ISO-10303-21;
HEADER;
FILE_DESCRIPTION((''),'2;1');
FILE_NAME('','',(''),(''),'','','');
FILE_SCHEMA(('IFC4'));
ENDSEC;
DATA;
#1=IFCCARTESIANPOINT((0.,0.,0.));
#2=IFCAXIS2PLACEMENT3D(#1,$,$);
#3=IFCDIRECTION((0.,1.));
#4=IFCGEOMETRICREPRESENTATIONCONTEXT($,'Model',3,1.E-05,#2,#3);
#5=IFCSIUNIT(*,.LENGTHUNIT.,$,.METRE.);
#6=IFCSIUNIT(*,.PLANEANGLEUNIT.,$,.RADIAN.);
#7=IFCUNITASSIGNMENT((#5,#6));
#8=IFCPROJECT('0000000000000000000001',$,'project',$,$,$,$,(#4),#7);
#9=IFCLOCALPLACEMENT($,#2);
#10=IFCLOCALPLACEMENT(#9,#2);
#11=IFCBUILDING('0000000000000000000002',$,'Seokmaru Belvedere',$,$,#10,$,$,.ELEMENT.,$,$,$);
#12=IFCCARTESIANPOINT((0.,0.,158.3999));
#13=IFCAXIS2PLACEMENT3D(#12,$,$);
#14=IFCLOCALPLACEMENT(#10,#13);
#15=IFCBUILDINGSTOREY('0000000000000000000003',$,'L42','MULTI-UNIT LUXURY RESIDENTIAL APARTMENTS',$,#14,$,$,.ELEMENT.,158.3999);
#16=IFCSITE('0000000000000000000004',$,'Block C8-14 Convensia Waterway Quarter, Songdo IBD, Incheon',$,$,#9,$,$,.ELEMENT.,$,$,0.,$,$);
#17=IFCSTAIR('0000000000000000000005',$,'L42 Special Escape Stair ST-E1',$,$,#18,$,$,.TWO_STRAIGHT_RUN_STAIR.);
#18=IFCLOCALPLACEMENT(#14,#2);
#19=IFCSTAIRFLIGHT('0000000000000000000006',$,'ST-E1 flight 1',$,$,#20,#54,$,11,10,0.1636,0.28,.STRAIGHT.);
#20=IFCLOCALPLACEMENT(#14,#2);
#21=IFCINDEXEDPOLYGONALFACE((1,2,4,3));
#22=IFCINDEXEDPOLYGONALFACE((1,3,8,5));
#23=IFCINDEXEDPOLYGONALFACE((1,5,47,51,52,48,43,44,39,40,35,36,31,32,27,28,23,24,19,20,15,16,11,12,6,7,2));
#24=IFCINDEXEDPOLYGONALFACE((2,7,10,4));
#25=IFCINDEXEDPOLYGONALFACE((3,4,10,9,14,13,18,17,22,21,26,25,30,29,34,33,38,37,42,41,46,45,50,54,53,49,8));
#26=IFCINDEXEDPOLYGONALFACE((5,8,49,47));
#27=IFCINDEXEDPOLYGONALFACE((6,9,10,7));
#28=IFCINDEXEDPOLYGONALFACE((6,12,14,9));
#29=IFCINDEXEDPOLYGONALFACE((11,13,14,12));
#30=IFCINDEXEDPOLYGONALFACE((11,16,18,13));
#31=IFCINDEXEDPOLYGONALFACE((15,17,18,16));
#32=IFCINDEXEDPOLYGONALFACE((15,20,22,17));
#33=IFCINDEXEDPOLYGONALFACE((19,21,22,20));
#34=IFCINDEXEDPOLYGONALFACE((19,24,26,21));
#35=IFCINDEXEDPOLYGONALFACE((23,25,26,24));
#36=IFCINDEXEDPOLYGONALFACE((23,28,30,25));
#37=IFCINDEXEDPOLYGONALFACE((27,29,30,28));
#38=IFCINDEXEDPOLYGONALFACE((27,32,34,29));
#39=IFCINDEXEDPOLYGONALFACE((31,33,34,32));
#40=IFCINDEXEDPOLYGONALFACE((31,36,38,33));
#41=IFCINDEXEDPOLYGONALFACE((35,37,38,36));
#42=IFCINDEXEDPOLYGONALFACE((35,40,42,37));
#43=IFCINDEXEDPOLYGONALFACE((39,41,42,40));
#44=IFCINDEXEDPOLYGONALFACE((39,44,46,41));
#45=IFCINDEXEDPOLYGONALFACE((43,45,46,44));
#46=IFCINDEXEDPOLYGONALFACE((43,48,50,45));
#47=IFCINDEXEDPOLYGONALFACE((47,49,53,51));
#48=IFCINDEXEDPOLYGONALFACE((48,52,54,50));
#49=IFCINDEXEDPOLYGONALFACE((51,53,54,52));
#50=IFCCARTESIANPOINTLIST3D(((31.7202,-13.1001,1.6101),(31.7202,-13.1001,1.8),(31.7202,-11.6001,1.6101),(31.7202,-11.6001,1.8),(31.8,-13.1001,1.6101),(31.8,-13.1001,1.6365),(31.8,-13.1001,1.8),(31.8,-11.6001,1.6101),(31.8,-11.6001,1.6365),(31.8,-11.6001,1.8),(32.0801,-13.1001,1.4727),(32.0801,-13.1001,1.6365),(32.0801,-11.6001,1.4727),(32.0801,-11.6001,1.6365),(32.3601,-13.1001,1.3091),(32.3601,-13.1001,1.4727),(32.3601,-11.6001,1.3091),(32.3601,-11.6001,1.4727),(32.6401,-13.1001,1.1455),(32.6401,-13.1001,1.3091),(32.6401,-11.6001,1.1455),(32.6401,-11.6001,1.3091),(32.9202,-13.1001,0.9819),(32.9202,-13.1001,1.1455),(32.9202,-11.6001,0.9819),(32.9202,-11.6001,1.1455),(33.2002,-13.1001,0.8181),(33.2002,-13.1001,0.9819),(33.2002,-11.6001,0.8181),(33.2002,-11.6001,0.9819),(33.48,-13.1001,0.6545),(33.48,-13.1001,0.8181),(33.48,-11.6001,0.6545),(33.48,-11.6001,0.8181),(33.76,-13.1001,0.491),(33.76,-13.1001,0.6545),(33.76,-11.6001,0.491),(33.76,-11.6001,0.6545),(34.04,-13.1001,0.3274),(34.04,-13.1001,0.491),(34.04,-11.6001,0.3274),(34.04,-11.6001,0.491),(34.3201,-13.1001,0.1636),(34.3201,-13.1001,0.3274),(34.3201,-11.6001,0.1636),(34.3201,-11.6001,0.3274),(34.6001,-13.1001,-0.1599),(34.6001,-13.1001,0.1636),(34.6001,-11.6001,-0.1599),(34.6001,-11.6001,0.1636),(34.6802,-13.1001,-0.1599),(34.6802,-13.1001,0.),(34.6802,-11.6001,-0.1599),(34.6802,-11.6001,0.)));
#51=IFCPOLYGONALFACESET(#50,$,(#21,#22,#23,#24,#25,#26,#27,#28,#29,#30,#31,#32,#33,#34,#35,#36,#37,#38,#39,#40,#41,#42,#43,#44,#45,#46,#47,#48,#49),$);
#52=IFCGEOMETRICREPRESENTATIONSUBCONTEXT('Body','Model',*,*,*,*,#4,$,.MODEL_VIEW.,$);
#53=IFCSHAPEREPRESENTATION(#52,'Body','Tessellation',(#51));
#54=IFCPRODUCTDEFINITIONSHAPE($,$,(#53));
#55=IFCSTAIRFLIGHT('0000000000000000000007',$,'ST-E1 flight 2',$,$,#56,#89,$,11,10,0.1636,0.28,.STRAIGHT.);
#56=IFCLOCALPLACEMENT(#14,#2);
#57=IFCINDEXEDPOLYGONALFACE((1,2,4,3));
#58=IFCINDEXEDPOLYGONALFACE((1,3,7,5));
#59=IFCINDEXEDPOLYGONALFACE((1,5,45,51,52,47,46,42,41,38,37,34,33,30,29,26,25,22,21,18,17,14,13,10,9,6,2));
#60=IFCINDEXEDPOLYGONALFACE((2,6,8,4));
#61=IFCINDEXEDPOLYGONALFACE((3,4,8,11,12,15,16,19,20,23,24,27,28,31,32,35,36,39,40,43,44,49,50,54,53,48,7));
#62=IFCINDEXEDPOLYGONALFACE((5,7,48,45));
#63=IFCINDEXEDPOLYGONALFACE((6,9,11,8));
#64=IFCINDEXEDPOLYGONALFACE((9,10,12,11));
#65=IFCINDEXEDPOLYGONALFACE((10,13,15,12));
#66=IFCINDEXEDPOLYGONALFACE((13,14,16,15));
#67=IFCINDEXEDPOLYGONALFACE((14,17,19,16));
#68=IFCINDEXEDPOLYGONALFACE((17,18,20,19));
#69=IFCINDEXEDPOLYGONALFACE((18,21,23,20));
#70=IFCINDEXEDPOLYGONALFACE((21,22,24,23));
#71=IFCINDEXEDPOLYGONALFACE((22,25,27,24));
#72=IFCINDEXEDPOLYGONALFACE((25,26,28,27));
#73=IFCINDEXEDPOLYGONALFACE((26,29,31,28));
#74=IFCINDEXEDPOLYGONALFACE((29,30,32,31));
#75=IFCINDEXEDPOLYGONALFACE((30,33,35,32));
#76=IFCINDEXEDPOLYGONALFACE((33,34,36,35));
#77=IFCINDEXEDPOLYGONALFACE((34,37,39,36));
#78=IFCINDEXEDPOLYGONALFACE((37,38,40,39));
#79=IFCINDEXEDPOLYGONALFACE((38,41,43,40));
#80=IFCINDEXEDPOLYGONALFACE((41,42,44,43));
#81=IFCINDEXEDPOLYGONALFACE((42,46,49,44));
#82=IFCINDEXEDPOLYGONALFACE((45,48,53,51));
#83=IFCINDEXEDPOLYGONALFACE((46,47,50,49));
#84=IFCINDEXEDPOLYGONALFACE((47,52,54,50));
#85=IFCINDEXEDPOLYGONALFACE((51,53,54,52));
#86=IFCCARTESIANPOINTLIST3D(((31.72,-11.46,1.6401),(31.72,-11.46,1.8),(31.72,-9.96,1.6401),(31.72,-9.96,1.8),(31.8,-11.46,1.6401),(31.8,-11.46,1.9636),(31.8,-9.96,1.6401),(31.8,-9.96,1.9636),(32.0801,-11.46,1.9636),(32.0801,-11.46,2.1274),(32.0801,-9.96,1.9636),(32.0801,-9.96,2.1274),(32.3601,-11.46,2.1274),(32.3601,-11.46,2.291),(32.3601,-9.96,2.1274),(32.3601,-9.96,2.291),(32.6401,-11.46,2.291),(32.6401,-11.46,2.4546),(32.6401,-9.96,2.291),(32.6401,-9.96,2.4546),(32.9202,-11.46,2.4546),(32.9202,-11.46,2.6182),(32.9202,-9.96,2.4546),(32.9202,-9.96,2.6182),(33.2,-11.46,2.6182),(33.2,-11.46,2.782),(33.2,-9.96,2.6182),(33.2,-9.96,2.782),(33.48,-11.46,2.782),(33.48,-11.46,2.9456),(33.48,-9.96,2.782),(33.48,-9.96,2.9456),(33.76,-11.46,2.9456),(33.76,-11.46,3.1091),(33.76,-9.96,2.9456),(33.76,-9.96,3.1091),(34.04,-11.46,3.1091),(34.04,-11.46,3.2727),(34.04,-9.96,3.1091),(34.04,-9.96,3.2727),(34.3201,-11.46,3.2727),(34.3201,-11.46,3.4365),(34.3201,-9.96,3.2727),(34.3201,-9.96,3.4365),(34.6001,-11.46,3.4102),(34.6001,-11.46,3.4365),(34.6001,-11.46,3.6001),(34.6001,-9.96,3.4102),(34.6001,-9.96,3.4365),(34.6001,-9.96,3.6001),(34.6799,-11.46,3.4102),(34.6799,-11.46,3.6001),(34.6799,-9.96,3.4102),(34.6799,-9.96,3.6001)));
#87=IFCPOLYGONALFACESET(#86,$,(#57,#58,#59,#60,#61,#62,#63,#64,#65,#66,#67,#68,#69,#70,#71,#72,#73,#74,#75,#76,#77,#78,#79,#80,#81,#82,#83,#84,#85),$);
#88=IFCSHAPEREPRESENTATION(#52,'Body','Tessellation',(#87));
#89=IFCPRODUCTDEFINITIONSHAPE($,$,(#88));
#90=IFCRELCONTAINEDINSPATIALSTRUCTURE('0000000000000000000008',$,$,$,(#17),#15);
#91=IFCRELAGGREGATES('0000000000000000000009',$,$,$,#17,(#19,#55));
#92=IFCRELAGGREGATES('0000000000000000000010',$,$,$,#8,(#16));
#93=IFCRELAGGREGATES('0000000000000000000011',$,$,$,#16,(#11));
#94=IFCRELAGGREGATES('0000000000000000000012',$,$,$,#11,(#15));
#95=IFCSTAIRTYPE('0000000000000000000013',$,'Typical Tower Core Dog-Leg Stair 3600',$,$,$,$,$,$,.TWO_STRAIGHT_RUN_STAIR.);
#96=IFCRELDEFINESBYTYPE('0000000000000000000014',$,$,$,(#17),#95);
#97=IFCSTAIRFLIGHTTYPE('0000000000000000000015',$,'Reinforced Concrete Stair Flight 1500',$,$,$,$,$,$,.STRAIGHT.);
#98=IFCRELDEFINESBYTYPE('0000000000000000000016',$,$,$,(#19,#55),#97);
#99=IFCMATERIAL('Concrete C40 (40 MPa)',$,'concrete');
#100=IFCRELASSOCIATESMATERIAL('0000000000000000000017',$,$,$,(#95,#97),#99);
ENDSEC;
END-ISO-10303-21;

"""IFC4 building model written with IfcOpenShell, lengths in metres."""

from ifc_helpers import new_model, si_unit, direction, frame, origin, place, context, subcontext, project, spatial, polyline, outline, extrude, material, type_object, element, aggregate, save


model = new_model("IFC4")

# Units and contexts
model_context = context("Model", 3, precision=1e-05, world=origin(), true_north=direction((0.0, 1.0)))
body_context = subcontext(model_context, "Body", "Model", "MODEL_VIEW")
ifc_project = project(units=[si_unit("LENGTHUNIT", "METRE"), si_unit("PLANEANGLEUNIT", "RADIAN")], contexts=[model_context])

# Site, building, storey
site_placement = place(None, origin())
site = spatial("IfcSite", under=ifc_project, at=site_placement, Name="Block C8-14 Convensia Waterway Quarter, Songdo IBD, Incheon", CompositionType="ELEMENT", RefElevation=0.0)
building_placement = place(site_placement, origin())
building = spatial("IfcBuilding", under=site, at=building_placement, Name="Seokmaru Belvedere", CompositionType="ELEMENT")
storey_placement = place(building_placement, frame((0.0, 0.0, 158.3999)))
storey = spatial("IfcBuildingStorey", under=building, at=storey_placement, Name="L42", Description="MULTI-UNIT LUXURY RESIDENTIAL APARTMENTS", CompositionType="ELEMENT", Elevation=158.3999)

# Stair, stair flights
ifc_material_1 = material(Name="Concrete C40 (40 MPa)", Category="concrete")
stair_type = type_object("IfcStairType", Name="Typical Tower Core Dog-Leg Stair 3600", PredefinedType="TWO_STRAIGHT_RUN_STAIR", material=ifc_material_1)
stair_placement = place(storey_placement, origin())
stair = element("IfcStair", 1, at=stair_placement, inside=storey, type_object=stair_type, Name="L42 Special Escape Stair ST-E1", PredefinedType="TWO_STRAIGHT_RUN_STAIR")
stair_flight_type = type_object("IfcStairFlightType", Name="Reinforced Concrete Stair Flight 1500", PredefinedType="STRAIGHT", material=ifc_material_1)
stair_flight_1_placement = place(storey_placement, frame((34.6001, -12.3501, 0.0), z_axis=(0.0, 0.0, 1.0), x_axis=(-1.0, 0.0, 0.0)))
stair_flight_1 = element("IfcStairFlight", 2, at=stair_flight_1_placement, type_object=stair_flight_type, Name="ST-E1 flight 1", NumberOfRisers=11, NumberOfTreads=10, PredefinedType="STRAIGHT", RiserHeight=0.1636, TreadLength=0.28, context=body_context, shape_type="SweptSolid", body=[
    extrude(outline(polyline([(-0.0801, 0.0), (0.0, 0.1636), (0.28, 0.1636), (0.28, 0.3274), (0.5601, 0.3274), (0.5601, 0.491), (0.8401, 0.491), (0.8401, 0.6545), (1.1201, 0.6545), (1.1201, 0.8181), (1.3999, 0.8181), (1.3999, 0.9819), (1.6799, 0.9819), (1.6799, 1.1455), (1.96, 1.1455), (1.96, 1.3091), (2.24, 1.3091), (2.24, 1.4727), (2.52, 1.4727), (2.52, 1.6365), (2.8, 1.6365), (2.8, 1.8), (2.8799, 1.8), (2.8799, 1.6101), (2.8, 1.6101), (0.0, -0.1599), (-0.0801, -0.1599), (-0.0801, 0.0)])), frame((0.0, 0.75, 0.0), z_axis=(0.0, -1.0, 0.0), x_axis=(1.0, 0.0, 0.0)), (0.0, 0.0, 1.0), 1.5),
])
stair_flight_2_placement = place(storey_placement, frame((31.8, -10.71, 1.8), z_axis=(0.0, 0.0, 1.0), x_axis=(1.0, 0.0, 0.0)))
stair_flight_2 = element("IfcStairFlight", 3, at=stair_flight_2_placement, type_object=stair_flight_type, Name="ST-E1 flight 2", NumberOfRisers=11, NumberOfTreads=10, PredefinedType="STRAIGHT", RiserHeight=0.1636, TreadLength=0.28, context=body_context, shape_type="SweptSolid", body=[
    extrude(outline(polyline([(-0.0801, 0.0), (0.0, 0.1636), (0.28, 0.1636), (0.28, 0.3274), (0.5601, 0.3274), (0.5601, 0.491), (0.8401, 0.491), (0.8401, 0.6545), (1.1201, 0.6545), (1.1201, 0.8181), (1.3999, 0.8181), (1.3999, 0.9819), (1.6799, 0.9819), (1.6799, 1.1455), (1.96, 1.1455), (1.96, 1.3091), (2.24, 1.3091), (2.24, 1.4727), (2.52, 1.4727), (2.52, 1.6365), (2.8, 1.6365), (2.8, 1.8), (2.8799, 1.8), (2.8799, 1.6101), (2.8, 1.6101), (0.0, -0.1599), (-0.0801, -0.1599), (-0.0801, 0.0)])), frame((0.0, 0.75, 0.0), z_axis=(0.0, -1.0, 0.0), x_axis=(1.0, 0.0, 0.0)), (0.0, 0.0, 1.0), 1.5),
])
aggregate(stair, [stair_flight_1, stair_flight_2])

save(model, "model.ifc")
